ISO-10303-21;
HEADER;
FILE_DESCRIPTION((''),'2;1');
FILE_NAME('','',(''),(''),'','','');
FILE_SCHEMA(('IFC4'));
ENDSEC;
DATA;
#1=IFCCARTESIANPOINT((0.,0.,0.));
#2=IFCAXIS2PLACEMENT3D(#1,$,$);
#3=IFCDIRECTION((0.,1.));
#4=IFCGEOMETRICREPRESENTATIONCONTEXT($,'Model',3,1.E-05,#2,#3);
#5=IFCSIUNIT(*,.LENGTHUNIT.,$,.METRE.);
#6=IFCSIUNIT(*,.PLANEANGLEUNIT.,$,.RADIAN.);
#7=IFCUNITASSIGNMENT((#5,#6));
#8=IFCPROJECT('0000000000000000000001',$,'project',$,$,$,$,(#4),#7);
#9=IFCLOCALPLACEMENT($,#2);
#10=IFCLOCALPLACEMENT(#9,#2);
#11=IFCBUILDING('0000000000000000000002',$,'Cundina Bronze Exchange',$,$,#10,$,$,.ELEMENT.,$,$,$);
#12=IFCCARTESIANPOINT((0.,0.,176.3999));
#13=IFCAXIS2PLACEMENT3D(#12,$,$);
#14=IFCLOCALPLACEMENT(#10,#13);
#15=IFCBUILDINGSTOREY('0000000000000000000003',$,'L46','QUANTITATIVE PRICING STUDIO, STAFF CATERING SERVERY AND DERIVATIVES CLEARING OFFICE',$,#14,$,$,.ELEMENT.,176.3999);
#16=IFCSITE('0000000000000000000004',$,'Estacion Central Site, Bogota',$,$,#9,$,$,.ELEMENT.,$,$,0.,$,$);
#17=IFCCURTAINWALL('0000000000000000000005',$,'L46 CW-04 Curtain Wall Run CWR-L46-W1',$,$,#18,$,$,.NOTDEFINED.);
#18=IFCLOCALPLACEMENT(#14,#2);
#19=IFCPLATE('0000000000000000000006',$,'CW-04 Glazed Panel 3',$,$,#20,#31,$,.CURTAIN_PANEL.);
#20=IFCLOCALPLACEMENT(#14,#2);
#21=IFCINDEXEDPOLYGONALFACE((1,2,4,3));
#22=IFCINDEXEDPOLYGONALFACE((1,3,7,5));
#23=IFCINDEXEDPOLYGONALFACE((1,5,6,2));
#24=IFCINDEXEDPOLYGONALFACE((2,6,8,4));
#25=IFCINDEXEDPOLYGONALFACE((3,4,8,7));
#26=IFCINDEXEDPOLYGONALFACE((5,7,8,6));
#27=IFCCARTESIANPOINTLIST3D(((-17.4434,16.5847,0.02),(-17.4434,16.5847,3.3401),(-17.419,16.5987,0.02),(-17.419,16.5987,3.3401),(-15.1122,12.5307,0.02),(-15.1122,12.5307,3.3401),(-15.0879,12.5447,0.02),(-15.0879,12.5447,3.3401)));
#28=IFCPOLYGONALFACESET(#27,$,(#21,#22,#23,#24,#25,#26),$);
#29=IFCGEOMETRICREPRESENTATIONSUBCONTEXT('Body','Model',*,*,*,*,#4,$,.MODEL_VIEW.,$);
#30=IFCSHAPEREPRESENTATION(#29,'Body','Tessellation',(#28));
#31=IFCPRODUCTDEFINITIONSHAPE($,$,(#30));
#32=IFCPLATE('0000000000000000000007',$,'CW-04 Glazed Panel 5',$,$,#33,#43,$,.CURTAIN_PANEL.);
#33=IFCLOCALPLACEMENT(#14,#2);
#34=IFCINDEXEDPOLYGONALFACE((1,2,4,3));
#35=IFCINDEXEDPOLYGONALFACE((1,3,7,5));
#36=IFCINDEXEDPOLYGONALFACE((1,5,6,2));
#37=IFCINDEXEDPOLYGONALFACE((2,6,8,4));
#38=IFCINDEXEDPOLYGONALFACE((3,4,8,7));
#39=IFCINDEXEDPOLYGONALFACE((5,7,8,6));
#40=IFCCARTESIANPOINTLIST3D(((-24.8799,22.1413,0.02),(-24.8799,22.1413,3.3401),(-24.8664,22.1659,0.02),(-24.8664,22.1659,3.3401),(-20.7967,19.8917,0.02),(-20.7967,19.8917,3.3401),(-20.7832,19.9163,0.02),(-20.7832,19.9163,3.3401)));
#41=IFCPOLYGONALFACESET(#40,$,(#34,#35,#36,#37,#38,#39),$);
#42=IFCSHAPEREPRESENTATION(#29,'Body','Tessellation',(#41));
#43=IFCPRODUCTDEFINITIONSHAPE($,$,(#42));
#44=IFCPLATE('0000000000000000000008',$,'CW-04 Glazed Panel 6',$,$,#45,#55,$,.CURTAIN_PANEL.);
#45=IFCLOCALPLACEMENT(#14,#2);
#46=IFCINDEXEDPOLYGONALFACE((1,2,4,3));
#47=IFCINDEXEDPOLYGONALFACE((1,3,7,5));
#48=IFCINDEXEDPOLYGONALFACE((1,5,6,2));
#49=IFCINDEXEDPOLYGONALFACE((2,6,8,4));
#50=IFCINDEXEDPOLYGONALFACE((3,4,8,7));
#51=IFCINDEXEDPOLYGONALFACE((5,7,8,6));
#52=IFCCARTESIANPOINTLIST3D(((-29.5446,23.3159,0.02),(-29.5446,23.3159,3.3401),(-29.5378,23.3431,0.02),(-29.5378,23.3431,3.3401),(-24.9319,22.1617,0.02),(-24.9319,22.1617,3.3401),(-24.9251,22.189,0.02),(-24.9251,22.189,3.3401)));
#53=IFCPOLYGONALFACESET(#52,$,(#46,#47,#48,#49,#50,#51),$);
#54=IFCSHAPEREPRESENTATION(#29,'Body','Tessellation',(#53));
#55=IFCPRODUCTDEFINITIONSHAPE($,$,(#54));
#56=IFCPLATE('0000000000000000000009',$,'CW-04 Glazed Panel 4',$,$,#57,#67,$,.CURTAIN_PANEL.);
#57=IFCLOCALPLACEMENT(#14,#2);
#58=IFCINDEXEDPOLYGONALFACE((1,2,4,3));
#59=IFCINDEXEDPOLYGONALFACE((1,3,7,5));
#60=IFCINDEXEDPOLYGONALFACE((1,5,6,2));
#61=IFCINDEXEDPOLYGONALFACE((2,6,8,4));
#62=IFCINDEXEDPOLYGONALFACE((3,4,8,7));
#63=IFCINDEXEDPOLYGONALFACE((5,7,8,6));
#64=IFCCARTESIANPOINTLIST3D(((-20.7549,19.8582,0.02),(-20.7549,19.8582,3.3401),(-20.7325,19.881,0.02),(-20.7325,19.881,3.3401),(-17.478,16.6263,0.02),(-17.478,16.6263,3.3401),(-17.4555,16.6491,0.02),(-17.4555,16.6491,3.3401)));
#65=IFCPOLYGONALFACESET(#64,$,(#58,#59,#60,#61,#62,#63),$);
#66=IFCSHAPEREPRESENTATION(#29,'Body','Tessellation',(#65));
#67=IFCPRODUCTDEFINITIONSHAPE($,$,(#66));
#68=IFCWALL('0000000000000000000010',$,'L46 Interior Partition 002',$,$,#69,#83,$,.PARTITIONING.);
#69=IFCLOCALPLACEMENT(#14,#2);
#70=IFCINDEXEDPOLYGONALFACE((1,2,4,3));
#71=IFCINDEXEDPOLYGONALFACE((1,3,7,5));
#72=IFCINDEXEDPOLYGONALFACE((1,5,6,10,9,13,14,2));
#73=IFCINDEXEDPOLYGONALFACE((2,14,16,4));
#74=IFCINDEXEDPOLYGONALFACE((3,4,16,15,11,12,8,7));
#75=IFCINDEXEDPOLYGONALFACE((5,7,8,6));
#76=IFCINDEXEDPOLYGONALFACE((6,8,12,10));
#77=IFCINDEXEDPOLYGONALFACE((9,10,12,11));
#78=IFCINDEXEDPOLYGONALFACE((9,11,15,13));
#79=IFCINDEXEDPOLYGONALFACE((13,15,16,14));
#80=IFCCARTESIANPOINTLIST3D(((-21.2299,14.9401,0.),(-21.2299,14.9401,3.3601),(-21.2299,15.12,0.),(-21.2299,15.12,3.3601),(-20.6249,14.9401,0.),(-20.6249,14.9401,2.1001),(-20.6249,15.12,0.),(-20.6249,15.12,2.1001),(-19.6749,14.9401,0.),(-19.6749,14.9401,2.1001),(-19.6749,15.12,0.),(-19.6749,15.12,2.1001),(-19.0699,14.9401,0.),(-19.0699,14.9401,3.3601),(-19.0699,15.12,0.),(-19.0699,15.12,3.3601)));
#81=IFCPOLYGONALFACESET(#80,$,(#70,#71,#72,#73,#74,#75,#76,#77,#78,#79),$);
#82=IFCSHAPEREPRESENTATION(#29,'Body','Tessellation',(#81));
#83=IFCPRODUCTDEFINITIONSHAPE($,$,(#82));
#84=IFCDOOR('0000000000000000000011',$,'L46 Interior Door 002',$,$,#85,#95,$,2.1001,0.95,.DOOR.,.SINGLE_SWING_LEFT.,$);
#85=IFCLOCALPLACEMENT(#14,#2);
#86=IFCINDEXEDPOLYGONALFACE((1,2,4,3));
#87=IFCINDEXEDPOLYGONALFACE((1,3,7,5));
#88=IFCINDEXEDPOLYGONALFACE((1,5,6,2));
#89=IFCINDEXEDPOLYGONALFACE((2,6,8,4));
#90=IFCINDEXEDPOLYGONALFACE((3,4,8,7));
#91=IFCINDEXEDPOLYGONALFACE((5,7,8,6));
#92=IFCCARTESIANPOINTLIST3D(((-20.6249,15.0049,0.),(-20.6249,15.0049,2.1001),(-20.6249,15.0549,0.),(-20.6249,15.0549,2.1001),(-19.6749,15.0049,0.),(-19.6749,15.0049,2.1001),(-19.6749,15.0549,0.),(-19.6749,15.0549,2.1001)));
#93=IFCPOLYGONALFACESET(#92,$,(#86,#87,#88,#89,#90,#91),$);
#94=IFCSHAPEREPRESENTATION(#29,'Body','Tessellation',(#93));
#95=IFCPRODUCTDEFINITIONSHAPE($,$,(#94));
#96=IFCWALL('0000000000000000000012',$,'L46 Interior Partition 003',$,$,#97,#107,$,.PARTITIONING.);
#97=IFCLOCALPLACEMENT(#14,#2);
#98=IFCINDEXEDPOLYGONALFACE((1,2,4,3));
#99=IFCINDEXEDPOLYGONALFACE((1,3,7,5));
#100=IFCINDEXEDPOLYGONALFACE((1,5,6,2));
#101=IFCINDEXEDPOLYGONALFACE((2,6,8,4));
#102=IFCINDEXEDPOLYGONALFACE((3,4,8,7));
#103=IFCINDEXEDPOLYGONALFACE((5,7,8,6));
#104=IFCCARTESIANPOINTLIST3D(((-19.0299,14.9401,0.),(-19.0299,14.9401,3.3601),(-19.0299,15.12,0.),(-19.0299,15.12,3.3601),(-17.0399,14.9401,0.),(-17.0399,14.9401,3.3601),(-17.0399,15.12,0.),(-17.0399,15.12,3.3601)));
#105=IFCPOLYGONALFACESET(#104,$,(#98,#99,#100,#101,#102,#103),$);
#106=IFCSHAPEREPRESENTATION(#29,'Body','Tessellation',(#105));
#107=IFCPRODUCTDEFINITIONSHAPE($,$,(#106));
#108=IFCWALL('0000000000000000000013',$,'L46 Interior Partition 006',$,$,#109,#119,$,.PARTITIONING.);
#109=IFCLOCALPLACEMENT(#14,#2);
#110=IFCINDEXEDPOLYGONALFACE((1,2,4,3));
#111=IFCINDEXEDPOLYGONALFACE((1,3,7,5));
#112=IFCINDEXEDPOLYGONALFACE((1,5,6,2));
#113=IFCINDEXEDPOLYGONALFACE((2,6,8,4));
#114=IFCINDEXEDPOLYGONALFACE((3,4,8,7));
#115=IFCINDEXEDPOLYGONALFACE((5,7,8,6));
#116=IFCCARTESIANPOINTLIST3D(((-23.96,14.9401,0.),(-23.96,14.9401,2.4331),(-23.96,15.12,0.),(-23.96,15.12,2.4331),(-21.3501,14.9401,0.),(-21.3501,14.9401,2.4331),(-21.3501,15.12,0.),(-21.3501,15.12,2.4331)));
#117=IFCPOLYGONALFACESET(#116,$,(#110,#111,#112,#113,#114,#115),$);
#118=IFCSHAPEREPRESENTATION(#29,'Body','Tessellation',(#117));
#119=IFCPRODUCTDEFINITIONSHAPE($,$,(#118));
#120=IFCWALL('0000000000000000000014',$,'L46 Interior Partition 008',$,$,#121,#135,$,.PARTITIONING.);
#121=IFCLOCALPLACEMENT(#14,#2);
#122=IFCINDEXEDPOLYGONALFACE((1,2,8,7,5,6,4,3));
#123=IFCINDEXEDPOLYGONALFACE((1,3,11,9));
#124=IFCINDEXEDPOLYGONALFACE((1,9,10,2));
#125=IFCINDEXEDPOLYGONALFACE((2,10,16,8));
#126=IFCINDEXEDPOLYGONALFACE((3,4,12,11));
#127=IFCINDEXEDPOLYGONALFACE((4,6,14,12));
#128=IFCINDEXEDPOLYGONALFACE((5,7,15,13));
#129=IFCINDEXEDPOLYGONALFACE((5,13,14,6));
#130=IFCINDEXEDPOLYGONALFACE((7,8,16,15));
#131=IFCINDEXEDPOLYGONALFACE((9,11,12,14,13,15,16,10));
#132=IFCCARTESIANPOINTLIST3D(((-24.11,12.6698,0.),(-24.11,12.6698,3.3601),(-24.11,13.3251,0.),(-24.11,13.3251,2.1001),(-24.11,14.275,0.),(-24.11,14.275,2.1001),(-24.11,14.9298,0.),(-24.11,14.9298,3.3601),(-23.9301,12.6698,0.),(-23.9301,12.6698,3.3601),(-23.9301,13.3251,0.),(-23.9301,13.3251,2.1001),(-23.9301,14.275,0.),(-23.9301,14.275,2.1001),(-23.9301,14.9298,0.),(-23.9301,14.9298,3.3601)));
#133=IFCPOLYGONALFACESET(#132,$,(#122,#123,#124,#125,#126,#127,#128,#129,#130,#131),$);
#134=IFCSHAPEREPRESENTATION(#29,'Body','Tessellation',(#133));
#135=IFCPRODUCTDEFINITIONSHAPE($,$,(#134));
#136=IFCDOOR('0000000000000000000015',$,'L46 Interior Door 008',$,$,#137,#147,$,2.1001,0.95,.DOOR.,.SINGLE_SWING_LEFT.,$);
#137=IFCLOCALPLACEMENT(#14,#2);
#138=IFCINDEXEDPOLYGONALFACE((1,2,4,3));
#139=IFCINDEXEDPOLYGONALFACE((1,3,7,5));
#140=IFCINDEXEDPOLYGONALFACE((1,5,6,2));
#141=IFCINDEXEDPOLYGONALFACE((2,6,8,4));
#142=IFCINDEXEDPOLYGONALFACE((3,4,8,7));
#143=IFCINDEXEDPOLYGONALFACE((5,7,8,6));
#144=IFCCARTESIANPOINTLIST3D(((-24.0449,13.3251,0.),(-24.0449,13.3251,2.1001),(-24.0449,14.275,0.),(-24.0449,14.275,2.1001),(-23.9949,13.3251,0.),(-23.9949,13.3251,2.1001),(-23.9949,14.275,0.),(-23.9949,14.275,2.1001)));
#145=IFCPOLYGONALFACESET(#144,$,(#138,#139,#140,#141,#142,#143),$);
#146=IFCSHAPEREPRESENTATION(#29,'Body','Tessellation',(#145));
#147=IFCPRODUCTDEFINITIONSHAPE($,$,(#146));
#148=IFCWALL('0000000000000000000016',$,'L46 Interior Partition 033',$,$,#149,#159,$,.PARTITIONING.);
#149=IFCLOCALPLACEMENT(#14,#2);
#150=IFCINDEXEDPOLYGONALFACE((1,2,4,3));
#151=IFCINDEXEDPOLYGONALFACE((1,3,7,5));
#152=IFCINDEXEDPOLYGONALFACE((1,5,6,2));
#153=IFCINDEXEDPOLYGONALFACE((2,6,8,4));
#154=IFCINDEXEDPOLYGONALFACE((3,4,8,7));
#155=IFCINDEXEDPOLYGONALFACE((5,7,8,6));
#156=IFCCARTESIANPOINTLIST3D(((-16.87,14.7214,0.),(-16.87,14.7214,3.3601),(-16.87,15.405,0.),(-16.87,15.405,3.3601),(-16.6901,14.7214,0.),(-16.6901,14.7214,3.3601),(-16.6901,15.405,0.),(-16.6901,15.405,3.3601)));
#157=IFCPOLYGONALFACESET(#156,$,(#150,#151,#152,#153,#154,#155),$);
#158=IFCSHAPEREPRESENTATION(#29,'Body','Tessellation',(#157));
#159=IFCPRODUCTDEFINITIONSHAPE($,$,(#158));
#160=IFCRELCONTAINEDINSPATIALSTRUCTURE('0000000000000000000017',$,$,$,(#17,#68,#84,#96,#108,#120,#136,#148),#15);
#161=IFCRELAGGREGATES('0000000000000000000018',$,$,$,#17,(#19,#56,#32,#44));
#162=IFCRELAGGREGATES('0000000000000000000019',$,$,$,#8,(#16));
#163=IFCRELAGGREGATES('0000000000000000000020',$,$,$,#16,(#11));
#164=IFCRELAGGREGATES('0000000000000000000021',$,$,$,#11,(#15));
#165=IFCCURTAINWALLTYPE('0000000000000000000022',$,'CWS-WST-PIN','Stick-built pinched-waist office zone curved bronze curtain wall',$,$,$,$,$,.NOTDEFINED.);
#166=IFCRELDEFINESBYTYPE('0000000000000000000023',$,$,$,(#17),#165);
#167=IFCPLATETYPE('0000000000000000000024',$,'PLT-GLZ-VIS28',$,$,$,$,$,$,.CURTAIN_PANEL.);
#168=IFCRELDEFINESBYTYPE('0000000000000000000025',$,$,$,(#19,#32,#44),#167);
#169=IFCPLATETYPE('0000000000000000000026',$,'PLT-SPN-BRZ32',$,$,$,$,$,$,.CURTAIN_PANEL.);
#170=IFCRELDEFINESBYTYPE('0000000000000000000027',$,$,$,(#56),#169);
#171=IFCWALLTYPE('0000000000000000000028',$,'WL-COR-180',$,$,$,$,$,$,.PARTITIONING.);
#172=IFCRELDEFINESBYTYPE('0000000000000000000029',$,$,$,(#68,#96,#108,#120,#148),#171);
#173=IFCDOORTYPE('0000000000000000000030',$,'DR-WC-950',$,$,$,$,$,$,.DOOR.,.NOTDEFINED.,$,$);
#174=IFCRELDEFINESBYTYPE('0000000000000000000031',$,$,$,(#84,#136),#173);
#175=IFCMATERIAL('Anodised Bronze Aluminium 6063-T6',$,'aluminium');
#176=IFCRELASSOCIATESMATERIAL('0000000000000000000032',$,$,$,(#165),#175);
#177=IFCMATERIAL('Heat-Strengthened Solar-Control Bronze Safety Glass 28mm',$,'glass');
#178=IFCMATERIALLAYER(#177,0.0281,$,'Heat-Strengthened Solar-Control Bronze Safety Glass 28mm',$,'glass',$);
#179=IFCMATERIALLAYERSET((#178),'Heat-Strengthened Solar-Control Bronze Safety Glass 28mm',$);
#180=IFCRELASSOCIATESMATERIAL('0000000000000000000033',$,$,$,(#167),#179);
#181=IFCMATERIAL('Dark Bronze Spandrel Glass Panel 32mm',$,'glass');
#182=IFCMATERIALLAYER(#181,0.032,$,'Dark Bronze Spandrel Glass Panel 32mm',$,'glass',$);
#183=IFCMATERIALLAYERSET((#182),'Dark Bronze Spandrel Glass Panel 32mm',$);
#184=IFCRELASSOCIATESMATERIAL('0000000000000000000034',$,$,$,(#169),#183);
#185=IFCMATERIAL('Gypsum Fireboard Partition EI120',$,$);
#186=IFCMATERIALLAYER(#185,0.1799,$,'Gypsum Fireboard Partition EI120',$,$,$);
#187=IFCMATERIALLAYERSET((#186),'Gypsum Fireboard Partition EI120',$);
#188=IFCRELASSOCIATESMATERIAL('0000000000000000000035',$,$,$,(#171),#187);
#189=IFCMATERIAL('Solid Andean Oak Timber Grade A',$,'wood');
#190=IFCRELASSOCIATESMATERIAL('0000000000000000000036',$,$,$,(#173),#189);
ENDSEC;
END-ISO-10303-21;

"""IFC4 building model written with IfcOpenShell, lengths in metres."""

from ifc_helpers import new_model, si_unit, direction, frame, frame_2d, origin, origin_2d, place, context, subcontext, project, spatial, rectangle, extrude, material, layer, layer_set, type_object, element, fill, aggregate, save


model = new_model("IFC4")

# Units and contexts
model_context = context("Model", 3, precision=1e-05, world=origin(), true_north=direction((0.0, 1.0)))
body_context = subcontext(model_context, "Body", "Model", "MODEL_VIEW")
ifc_project = project(units=[si_unit("LENGTHUNIT", "METRE"), si_unit("PLANEANGLEUNIT", "RADIAN")], contexts=[model_context])

# Site, building, storey
site_placement = place(None, origin())
site = spatial("IfcSite", under=ifc_project, at=site_placement, Name="Estacion Central Site, Bogota", CompositionType="ELEMENT", RefElevation=0.0)
building_placement = place(site_placement, origin())
building = spatial("IfcBuilding", under=site, at=building_placement, Name="Cundina Bronze Exchange", CompositionType="ELEMENT")
storey_placement = place(building_placement, frame((0.0, 0.0, 176.3999)))
storey = spatial("IfcBuildingStorey", under=building, at=storey_placement, Name="L46", Description="QUANTITATIVE PRICING STUDIO, STAFF CATERING SERVERY AND DERIVATIVES CLEARING OFFICE", CompositionType="ELEMENT", Elevation=176.3999)

# Curtain wall, plates
ifc_material_1 = material(Name="Anodised Bronze Aluminium 6063-T6", Category="aluminium")
curtain_wall_type = type_object("IfcCurtainWallType", Name="CWS-WST-PIN", Description="Stick-built pinched-waist office zone curved bronze curtain wall", PredefinedType="NOTDEFINED", material=ifc_material_1)
curtain_wall_placement = place(storey_placement, origin())
curtain_wall = element("IfcCurtainWall", 1, at=curtain_wall_placement, inside=storey, type_object=curtain_wall_type, Name="L46 CW-04 Curtain Wall Run CWR-L46-W1", PredefinedType="NOTDEFINED")
ifc_material_2 = material(Name="Heat-Strengthened Solar-Control Bronze Safety Glass 28mm", Category="glass")
ifc_layer_1 = layer(ifc_material_2, 0.0281, Name="Heat-Strengthened Solar-Control Bronze Safety Glass 28mm", Category="glass")
ifc_layer_set_1 = layer_set([ifc_layer_1], Name="Heat-Strengthened Solar-Control Bronze Safety Glass 28mm")
plate_type_1 = type_object("IfcPlateType", Name="PLT-GLZ-VIS28", PredefinedType="CURTAIN_PANEL", material=ifc_layer_set_1)
plate_1_placement = place(storey_placement, frame((-16.2656, 14.5647, 0.02), z_axis=(0.0, 0.0, 1.0), x_axis=(-0.498488, 0.866897, 0.0)))
plate_1 = element("IfcPlate", 2, at=plate_1_placement, type_object=plate_type_1, Name="CW-04 Glazed Panel 3", PredefinedType="CURTAIN_PANEL", context=body_context, shape_type="SweptSolid", body=[
    extrude(rectangle(XDim=4.6765, YDim=0.0281, at=origin_2d()), origin(), (0.0, 0.0, 1.0), 3.3201),
])
plate_2_placement = place(storey_placement, frame((-22.8315, 21.0288, 0.02), z_axis=(0.0, 0.0, 1.0), x_axis=(-0.875869, 0.482549, 0.0)))
plate_2 = element("IfcPlate", 3, at=plate_2_placement, type_object=plate_type_1, Name="CW-04 Glazed Panel 5", PredefinedType="CURTAIN_PANEL", context=body_context, shape_type="SweptSolid", body=[
    extrude(rectangle(XDim=4.6619, YDim=0.0281, at=origin_2d()), origin(), (0.0, 0.0, 1.0), 3.3201),
])
plate_3_placement = place(storey_placement, frame((-27.2349, 22.7524, 0.02), z_axis=(0.0, 0.0, 1.0), x_axis=(-0.970093, 0.242735, 0.0)))
plate_3 = element("IfcPlate", 4, at=plate_3_placement, type_object=plate_type_1, Name="CW-04 Glazed Panel 6", PredefinedType="CURTAIN_PANEL", context=body_context, shape_type="SweptSolid", body=[
    extrude(rectangle(XDim=4.7549, YDim=0.0281, at=origin_2d()), origin(), (0.0, 0.0, 1.0), 3.3201),
])
ifc_material_3 = material(Name="Dark Bronze Spandrel Glass Panel 32mm", Category="glass")
ifc_layer_2 = layer(ifc_material_3, 0.032, Name="Dark Bronze Spandrel Glass Panel 32mm", Category="glass")
ifc_layer_set_2 = layer_set([ifc_layer_2], Name="Dark Bronze Spandrel Glass Panel 32mm")
plate_type_2 = type_object("IfcPlateType", Name="PLT-SPN-BRZ32", PredefinedType="CURTAIN_PANEL", material=ifc_layer_set_2)
plate_4_placement = place(storey_placement, frame((-19.1052, 18.2537, 0.02), z_axis=(0.0, 0.0, 1.0), x_axis=(-0.711989, 0.70219, 0.0)))
plate_4 = element("IfcPlate", 5, at=plate_4_placement, type_object=plate_type_2, Name="CW-04 Glazed Panel 4", PredefinedType="CURTAIN_PANEL", context=body_context, shape_type="SweptSolid", body=[
    extrude(rectangle(XDim=4.6025, YDim=0.032, at=origin_2d()), origin(), (0.0, 0.0, 1.0), 3.3201),
])
aggregate(curtain_wall, [plate_1, plate_4, plate_2, plate_3])

# Wall, opening, door
ifc_material_4 = material(Name="Gypsum Fireboard Partition EI120")
ifc_layer_3 = layer(ifc_material_4, 0.1799, Name="Gypsum Fireboard Partition EI120")
ifc_layer_set_3 = layer_set([ifc_layer_3], Name="Gypsum Fireboard Partition EI120")
wall_type_1 = type_object("IfcWallType", Name="WL-COR-180", PredefinedType="PARTITIONING", material=ifc_layer_set_3)
wall_1_placement = place(storey_placement, frame((-21.23, 15.03, 0.0), z_axis=(0.0, 0.0, 1.0), x_axis=(1.0, 0.0, 0.0)))
wall_1 = element("IfcWall", 6, at=wall_1_placement, inside=storey, type_object=wall_type_1, Name="L46 Interior Partition 002", PredefinedType="PARTITIONING", context=body_context, shape_type="SweptSolid", body=[
    extrude(rectangle(XDim=2.1599, YDim=0.1799, at=frame_2d((1.0801, 0.0))), origin(), (0.0, 0.0, 1.0), 3.3601),
])
opening_1_placement = place(wall_1_placement, frame((0.605, 0.0, 0.0)))
opening_1 = element("IfcOpeningElement", 7, at=opening_1_placement, cuts=wall_1, PredefinedType="OPENING", context=body_context, shape_type="SweptSolid", body=[
    extrude(rectangle(XDim=0.95, YDim=2.1001, at=frame_2d((0.4751, 1.05))), frame((0.0, 0.0999, 0.0), z_axis=(0.0, -1.0, 0.0), x_axis=(1.0, 0.0, 0.0)), (0.0, 0.0, 1.0), 0.2),
])
ifc_material_5 = material(Name="Solid Andean Oak Timber Grade A", Category="wood")
door_type_1 = type_object("IfcDoorType", Name="DR-WC-950", OperationType="NOTDEFINED", PredefinedType="DOOR", material=ifc_material_5)
door_1_placement = place(opening_1_placement, origin())
door_1 = element("IfcDoor", 8, at=door_1_placement, inside=storey, type_object=door_type_1, Name="L46 Interior Door 002", OperationType="SINGLE_SWING_LEFT", OverallHeight=2.1001, OverallWidth=0.95, PredefinedType="DOOR", context=body_context, shape_type="SweptSolid", body=[
    extrude(rectangle(XDim=0.95, YDim=2.1001, at=frame_2d((0.4751, 1.05))), frame((0.0, 0.0249, 0.0), z_axis=(0.0, -1.0, 0.0), x_axis=(1.0, 0.0, 0.0)), (0.0, 0.0, 1.0), 0.05),
])
fill(opening_1, door_1)

# Walls
wall_2_placement = place(storey_placement, frame((-19.03, 15.03, 0.0), z_axis=(0.0, 0.0, 1.0), x_axis=(1.0, 0.0, 0.0)))
element("IfcWall", 9, at=wall_2_placement, inside=storey, type_object=wall_type_1, Name="L46 Interior Partition 003", PredefinedType="PARTITIONING", context=body_context, shape_type="SweptSolid", body=[
    extrude(rectangle(XDim=1.99, YDim=0.1799, at=frame_2d((0.9951, 0.0))), origin(), (0.0, 0.0, 1.0), 3.3601),
])
wall_3_placement = place(storey_placement, frame((-23.96, 15.03, 0.0), z_axis=(0.0, 0.0, 1.0), x_axis=(1.0, 0.0, 0.0)))
element("IfcWall", 10, at=wall_3_placement, inside=storey, type_object=wall_type_1, Name="L46 Interior Partition 006", PredefinedType="PARTITIONING", context=body_context, shape_type="SweptSolid", body=[
    extrude(rectangle(XDim=2.6099, YDim=0.1799, at=frame_2d((1.3049, 0.0))), origin(), (0.0, 0.0, 1.0), 2.4331),
])

# Wall, opening, door
wall_4_placement = place(storey_placement, frame((-24.02, 12.6699, 0.0), z_axis=(0.0, 0.0, 1.0), x_axis=(0.0, 1.0, 0.0)))
wall_4 = element("IfcWall", 11, at=wall_4_placement, inside=storey, type_object=wall_type_1, Name="L46 Interior Partition 008", PredefinedType="PARTITIONING", context=body_context, shape_type="SweptSolid", body=[
    extrude(rectangle(XDim=2.26, YDim=0.1799, at=frame_2d((1.1299, 0.0))), origin(), (0.0, 0.0, 1.0), 3.3601),
])
opening_2_placement = place(wall_4_placement, frame((0.655, 0.0, 0.0)))
opening_2 = element("IfcOpeningElement", 12, at=opening_2_placement, cuts=wall_4, PredefinedType="OPENING", context=body_context, shape_type="SweptSolid", body=[
    extrude(rectangle(XDim=0.95, YDim=2.1001, at=frame_2d((0.4751, 1.05))), frame((0.0, 0.0999, 0.0), z_axis=(0.0, -1.0, 0.0), x_axis=(1.0, 0.0, 0.0)), (0.0, 0.0, 1.0), 0.2),
])
door_2_placement = place(opening_2_placement, origin())
door_2 = element("IfcDoor", 13, at=door_2_placement, inside=storey, type_object=door_type_1, Name="L46 Interior Door 008", OperationType="SINGLE_SWING_LEFT", OverallHeight=2.1001, OverallWidth=0.95, PredefinedType="DOOR", context=body_context, shape_type="SweptSolid", body=[
    extrude(rectangle(XDim=0.95, YDim=2.1001, at=frame_2d((0.4751, 1.05))), frame((0.0, 0.0249, 0.0), z_axis=(0.0, -1.0, 0.0), x_axis=(1.0, 0.0, 0.0)), (0.0, 0.0, 1.0), 0.05),
])
fill(opening_2, door_2)

# Wall
wall_5_placement = place(storey_placement, frame((-16.78, 14.7214, 0.0), z_axis=(0.0, 0.0, 1.0), x_axis=(0.0, 1.0, 0.0)))
element("IfcWall", 14, at=wall_5_placement, inside=storey, type_object=wall_type_1, Name="L46 Interior Partition 033", PredefinedType="PARTITIONING", context=body_context, shape_type="SweptSolid", body=[
    extrude(rectangle(XDim=0.6836, YDim=0.1799, at=frame_2d((0.3418, 0.0))), origin(), (0.0, 0.0, 1.0), 3.3601),
])

save(model, "model.ifc")
